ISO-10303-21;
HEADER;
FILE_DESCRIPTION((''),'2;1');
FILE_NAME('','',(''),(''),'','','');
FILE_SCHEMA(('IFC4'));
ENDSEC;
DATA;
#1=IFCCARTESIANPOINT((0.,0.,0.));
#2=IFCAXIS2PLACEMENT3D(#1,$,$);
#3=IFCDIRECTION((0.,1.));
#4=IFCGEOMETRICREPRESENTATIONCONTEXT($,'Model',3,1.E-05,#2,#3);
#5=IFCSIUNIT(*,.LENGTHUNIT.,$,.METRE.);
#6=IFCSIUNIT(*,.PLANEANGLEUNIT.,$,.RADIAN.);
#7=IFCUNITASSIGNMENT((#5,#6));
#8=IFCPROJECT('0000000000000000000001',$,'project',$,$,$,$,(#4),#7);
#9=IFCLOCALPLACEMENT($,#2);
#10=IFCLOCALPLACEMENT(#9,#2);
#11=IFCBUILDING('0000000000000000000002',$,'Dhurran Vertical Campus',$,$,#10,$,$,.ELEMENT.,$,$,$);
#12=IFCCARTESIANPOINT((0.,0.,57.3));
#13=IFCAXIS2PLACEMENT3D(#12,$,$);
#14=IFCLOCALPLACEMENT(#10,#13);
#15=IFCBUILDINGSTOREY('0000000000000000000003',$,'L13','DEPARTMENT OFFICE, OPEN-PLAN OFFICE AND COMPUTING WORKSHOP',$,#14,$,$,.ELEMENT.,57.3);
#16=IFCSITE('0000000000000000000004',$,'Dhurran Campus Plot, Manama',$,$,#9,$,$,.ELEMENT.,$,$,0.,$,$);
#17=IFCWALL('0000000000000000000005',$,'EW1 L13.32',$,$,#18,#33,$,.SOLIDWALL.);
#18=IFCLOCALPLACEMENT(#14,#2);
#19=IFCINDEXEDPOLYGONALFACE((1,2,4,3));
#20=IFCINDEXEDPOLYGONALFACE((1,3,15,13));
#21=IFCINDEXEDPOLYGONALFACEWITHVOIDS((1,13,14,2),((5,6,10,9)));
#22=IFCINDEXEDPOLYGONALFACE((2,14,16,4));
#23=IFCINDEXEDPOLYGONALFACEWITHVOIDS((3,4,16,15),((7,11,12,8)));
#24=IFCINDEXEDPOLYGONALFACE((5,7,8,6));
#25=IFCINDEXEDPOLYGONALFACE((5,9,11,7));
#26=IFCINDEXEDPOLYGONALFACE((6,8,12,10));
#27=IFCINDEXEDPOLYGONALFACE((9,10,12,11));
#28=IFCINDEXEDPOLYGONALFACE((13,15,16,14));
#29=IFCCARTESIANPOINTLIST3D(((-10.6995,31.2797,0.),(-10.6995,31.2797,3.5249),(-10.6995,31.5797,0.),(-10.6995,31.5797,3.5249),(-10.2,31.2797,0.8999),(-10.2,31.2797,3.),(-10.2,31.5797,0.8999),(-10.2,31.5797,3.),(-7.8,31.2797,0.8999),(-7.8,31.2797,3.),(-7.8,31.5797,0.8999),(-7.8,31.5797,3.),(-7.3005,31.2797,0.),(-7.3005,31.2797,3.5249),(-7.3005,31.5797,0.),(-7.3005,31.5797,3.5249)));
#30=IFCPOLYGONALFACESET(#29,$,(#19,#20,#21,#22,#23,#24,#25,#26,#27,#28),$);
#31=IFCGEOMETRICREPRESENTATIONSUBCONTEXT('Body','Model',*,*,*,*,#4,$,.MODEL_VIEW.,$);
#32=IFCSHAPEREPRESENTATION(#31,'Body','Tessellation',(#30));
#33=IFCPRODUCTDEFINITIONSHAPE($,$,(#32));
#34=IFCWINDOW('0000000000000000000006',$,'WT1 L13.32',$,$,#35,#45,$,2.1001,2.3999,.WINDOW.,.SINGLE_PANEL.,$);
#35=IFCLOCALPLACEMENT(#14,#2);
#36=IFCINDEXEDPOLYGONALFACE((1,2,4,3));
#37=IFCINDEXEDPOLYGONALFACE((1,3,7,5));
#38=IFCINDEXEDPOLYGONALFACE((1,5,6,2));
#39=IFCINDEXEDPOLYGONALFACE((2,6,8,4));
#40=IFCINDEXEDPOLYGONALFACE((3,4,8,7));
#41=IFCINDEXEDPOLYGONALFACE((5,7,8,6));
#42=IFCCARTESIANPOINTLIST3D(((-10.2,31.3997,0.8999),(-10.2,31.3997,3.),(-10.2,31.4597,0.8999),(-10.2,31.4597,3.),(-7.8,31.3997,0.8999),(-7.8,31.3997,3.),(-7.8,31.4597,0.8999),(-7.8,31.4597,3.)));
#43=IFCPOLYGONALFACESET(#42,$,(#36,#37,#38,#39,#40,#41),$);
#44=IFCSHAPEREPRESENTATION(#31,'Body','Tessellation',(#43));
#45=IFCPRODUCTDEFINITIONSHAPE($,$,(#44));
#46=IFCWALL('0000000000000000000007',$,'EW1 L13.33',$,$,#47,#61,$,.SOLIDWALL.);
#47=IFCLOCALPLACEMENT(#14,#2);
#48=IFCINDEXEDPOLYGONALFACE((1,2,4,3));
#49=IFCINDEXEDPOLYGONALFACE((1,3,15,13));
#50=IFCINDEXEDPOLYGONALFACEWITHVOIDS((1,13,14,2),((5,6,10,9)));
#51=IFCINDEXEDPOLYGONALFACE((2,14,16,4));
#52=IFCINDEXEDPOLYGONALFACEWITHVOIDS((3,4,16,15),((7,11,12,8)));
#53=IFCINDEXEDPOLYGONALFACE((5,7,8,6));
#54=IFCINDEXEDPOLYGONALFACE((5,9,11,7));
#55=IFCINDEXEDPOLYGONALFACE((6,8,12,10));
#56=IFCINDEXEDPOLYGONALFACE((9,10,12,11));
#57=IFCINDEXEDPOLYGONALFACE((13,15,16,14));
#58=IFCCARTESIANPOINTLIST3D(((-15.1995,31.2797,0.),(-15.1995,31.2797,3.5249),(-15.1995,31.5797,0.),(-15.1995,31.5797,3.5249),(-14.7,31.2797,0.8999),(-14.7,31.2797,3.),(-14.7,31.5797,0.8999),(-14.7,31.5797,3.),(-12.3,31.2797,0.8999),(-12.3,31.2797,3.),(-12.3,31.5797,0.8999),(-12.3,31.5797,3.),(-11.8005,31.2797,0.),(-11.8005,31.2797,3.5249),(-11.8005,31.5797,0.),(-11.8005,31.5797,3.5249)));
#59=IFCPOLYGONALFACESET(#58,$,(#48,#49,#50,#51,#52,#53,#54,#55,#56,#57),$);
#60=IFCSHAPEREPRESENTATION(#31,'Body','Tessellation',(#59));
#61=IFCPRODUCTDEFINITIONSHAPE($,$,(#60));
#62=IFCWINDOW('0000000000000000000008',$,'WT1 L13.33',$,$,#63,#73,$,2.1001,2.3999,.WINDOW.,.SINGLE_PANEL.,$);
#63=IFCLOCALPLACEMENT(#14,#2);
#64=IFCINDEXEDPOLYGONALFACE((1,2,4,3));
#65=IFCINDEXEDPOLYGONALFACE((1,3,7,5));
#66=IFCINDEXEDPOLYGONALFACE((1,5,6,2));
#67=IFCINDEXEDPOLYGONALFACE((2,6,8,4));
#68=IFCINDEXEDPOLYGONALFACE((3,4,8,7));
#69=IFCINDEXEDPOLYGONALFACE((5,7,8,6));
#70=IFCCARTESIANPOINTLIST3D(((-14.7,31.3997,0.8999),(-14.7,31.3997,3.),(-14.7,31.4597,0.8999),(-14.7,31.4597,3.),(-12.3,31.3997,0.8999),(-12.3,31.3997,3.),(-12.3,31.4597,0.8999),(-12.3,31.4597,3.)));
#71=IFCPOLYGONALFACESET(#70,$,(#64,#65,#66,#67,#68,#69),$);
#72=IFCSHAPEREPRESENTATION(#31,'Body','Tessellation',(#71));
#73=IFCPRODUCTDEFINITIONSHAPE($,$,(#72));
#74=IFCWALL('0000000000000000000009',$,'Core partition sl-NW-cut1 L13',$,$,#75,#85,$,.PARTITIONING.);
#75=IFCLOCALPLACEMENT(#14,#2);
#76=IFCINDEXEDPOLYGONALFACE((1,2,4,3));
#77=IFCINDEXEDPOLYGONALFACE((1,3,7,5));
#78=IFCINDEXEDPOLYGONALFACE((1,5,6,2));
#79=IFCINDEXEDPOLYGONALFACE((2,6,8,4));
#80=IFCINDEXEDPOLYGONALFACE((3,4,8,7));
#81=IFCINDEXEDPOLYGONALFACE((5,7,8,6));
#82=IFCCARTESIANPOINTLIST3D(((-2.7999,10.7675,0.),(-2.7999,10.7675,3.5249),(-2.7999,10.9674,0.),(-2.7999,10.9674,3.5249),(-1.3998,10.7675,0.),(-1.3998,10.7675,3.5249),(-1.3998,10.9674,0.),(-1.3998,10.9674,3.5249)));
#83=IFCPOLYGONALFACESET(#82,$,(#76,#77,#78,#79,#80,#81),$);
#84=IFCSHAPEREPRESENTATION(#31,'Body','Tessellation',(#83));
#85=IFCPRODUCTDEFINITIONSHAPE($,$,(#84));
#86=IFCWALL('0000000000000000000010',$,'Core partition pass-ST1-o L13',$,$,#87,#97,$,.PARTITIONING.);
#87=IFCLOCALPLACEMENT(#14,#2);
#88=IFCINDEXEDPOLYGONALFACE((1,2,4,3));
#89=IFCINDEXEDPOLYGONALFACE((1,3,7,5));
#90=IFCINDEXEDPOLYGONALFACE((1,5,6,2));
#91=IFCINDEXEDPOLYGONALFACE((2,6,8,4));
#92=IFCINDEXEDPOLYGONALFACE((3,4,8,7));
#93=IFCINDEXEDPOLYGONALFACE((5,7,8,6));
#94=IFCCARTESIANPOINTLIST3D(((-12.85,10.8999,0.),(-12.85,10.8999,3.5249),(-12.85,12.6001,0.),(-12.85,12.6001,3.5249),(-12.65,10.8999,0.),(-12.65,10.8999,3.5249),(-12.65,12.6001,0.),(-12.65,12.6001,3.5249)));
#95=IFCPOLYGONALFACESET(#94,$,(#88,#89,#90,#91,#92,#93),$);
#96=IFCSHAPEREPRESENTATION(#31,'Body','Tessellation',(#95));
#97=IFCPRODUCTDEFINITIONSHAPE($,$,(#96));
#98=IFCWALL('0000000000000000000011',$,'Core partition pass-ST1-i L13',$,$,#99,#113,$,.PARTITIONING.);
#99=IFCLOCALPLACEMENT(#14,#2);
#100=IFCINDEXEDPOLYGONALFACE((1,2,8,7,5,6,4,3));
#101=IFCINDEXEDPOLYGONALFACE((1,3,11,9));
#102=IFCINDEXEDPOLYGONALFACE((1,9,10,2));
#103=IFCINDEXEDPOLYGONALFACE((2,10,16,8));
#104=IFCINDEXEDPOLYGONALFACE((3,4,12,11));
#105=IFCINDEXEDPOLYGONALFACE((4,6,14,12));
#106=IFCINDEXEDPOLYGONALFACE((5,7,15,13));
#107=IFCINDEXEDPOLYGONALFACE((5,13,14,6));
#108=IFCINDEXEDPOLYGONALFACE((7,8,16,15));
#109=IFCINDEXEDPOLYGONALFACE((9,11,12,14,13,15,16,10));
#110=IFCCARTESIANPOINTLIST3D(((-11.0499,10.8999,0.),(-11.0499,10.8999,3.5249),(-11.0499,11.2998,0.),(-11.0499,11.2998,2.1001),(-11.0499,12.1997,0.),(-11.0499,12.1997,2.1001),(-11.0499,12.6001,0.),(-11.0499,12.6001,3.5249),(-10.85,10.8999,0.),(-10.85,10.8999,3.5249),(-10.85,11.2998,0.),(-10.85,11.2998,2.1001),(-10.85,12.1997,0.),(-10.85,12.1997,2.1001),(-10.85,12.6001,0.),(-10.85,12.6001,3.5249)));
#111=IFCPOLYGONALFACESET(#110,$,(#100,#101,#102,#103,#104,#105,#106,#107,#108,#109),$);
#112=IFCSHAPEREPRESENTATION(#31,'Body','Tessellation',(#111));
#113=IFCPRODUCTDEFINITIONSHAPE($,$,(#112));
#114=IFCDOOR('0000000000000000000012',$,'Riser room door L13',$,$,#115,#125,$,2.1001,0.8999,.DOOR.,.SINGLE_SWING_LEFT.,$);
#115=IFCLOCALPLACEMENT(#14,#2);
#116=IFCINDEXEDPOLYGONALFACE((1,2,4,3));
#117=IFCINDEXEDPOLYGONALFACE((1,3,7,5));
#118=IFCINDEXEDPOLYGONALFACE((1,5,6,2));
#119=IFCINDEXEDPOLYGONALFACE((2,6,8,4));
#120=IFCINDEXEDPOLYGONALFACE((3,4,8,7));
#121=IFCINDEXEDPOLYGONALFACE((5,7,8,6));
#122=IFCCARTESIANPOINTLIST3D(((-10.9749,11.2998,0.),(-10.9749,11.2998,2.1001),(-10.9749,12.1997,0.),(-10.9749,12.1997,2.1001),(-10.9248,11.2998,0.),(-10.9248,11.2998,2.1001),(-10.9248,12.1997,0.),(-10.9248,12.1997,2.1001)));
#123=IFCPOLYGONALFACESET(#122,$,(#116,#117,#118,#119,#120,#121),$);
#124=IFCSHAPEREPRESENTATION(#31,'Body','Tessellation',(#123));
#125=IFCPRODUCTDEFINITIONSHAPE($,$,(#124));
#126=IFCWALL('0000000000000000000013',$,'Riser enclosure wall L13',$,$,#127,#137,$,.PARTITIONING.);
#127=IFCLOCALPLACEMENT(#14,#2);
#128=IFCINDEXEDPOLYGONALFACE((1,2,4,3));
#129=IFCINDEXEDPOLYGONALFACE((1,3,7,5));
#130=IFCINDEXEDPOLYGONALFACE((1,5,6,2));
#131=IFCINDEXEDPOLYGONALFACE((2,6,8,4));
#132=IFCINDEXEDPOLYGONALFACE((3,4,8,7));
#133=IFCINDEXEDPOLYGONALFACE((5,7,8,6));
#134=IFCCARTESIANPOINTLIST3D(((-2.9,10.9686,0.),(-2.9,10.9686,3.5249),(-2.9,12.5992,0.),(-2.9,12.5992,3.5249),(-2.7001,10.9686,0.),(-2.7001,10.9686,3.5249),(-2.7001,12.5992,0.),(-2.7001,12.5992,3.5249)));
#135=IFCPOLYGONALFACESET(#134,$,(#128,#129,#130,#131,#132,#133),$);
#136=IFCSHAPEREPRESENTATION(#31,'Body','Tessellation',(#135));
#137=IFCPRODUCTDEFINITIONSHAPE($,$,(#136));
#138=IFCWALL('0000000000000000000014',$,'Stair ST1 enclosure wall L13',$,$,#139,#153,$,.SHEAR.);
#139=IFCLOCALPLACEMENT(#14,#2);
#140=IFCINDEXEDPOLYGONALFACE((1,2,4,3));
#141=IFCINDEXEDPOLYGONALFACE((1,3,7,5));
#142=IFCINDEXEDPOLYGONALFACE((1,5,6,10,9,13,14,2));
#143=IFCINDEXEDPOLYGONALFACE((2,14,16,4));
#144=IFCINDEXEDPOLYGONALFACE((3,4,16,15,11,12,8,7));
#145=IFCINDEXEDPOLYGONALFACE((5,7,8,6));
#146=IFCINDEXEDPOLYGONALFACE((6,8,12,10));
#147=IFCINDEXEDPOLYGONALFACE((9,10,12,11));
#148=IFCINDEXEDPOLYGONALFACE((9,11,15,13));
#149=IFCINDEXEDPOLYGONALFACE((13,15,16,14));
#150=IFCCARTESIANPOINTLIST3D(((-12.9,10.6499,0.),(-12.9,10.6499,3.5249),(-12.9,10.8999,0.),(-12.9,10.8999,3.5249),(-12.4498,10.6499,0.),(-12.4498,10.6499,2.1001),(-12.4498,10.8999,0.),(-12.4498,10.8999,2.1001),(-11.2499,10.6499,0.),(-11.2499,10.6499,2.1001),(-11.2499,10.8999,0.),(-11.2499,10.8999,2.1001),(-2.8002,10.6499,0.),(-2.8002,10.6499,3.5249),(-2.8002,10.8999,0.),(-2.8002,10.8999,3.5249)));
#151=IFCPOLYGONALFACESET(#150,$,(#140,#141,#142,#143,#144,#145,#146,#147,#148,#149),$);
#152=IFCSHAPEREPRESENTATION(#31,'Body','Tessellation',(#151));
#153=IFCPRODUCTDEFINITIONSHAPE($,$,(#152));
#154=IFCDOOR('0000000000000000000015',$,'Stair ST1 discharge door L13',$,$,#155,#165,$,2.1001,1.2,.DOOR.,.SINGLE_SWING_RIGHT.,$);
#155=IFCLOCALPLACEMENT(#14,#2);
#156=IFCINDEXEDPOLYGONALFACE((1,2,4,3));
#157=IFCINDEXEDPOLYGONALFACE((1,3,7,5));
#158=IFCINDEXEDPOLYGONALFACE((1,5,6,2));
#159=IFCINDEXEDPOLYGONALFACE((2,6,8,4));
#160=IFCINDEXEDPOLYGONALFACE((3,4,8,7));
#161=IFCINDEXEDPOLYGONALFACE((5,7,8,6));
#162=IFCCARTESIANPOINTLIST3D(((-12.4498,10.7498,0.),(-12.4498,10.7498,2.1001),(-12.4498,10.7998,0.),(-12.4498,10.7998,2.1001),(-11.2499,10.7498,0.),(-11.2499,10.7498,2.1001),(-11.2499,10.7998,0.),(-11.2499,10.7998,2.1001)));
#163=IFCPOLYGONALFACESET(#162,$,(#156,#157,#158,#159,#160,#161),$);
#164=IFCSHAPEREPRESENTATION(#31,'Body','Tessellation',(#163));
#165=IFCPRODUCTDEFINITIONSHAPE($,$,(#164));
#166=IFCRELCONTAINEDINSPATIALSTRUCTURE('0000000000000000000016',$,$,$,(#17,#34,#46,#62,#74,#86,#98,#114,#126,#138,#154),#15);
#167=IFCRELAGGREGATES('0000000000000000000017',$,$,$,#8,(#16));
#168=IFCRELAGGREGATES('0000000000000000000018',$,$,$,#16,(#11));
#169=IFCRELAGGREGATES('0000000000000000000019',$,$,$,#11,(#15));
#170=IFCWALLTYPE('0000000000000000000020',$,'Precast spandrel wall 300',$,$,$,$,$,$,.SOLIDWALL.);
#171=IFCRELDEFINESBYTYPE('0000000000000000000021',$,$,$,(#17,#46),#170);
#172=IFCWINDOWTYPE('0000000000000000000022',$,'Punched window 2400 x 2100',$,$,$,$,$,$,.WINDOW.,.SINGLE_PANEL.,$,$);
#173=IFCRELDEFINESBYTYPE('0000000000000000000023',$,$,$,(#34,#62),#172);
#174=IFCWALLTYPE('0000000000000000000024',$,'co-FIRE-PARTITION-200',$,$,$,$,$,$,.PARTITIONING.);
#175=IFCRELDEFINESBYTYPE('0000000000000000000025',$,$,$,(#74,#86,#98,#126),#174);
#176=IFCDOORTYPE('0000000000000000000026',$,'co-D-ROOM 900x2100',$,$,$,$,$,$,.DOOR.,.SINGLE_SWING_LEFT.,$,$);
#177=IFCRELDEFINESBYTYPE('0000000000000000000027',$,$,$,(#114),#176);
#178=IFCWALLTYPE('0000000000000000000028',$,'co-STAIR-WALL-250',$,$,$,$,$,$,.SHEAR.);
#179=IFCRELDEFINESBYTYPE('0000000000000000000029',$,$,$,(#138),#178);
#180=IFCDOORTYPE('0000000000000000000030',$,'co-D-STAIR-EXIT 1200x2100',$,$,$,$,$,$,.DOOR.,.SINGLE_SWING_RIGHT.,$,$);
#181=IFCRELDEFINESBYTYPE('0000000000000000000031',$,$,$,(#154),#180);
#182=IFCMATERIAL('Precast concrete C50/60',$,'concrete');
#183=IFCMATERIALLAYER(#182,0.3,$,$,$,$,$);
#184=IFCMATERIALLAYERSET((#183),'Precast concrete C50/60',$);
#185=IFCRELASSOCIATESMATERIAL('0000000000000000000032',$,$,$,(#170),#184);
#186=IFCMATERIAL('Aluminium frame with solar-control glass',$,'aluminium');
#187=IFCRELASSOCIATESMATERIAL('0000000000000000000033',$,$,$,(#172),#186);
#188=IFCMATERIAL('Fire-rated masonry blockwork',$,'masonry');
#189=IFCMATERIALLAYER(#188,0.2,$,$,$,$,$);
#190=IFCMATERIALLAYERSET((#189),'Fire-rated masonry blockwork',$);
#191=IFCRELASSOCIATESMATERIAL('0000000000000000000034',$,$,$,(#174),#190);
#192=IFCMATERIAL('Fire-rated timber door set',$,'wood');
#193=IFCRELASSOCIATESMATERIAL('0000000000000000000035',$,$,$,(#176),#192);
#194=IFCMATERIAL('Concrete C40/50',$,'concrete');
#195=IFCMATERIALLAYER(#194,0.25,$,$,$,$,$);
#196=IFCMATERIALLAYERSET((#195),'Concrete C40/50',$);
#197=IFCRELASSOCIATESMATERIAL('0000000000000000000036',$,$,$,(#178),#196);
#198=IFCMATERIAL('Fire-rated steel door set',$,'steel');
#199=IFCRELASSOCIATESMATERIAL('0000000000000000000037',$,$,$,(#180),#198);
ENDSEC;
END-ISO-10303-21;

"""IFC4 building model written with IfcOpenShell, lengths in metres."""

from ifc_helpers import new_model, si_unit, direction, frame, frame_2d, origin, place, context, subcontext, project, spatial, rectangle, extrude, material, layer, layer_set, type_object, element, fill, save


model = new_model("IFC4")

# Units and contexts
model_context = context("Model", 3, precision=1e-05, world=origin(), true_north=direction((0.0, 1.0)))
body_context = subcontext(model_context, "Body", "Model", "MODEL_VIEW")
ifc_project = project(units=[si_unit("LENGTHUNIT", "METRE"), si_unit("PLANEANGLEUNIT", "RADIAN")], contexts=[model_context])

# Site, building, storey
site_placement = place(None, origin())
site = spatial("IfcSite", under=ifc_project, at=site_placement, Name="Dhurran Campus Plot, Manama", CompositionType="ELEMENT", RefElevation=0.0)
building_placement = place(site_placement, origin())
building = spatial("IfcBuilding", under=site, at=building_placement, Name="Dhurran Vertical Campus", CompositionType="ELEMENT")
storey_placement = place(building_placement, frame((0.0, 0.0, 57.3)))
storey = spatial("IfcBuildingStorey", under=building, at=storey_placement, Name="L13", Description="DEPARTMENT OFFICE, OPEN-PLAN OFFICE AND COMPUTING WORKSHOP", CompositionType="ELEMENT", Elevation=57.3)

# Walls, openings, windows
ifc_material_1 = material(Name="Precast concrete C50/60", Category="concrete")
ifc_layer_1 = layer(ifc_material_1, 0.3)
ifc_layer_set_1 = layer_set([ifc_layer_1], Name="Precast concrete C50/60")
wall_type_1 = type_object("IfcWallType", Name="Precast spandrel wall 300", PredefinedType="SOLIDWALL", material=ifc_layer_set_1)
ifc_material_2 = material(Name="Aluminium frame with solar-control glass", Category="aluminium")
window_type = type_object("IfcWindowType", Name="Punched window 2400 x 2100", PartitioningType="SINGLE_PANEL", PredefinedType="WINDOW", material=ifc_material_2)
wall_1_placement = place(storey_placement, frame((-7.3005, 31.4297, 0.0), z_axis=(0.0, 0.0, 1.0), x_axis=(-1.0, 0.0, 0.0)))
wall_1 = element("IfcWall", 1, at=wall_1_placement, inside=storey, type_object=wall_type_1, Name="EW1 L13.32", PredefinedType="SOLIDWALL", context=body_context, shape_type="SweptSolid", body=[
    extrude(rectangle(XDim=3.3989, YDim=0.3, at=frame_2d((1.6995, 0.0))), origin(), (0.0, 0.0, 1.0), 3.5249),
])
opening_1_placement = place(wall_1_placement, frame((0.4995, 0.0, 0.8999)))
opening_1 = element("IfcOpeningElement", 2, at=opening_1_placement, cuts=wall_1, PredefinedType="OPENING", context=body_context, shape_type="SweptSolid", body=[
    extrude(rectangle(XDim=2.3999, YDim=2.1001, at=frame_2d((1.2, 1.05))), frame((0.0, 0.1599, 0.0), z_axis=(0.0, -1.0, 0.0), x_axis=(1.0, 0.0, 0.0)), (0.0, 0.0, 1.0), 0.3201),
])
window_1_placement = place(opening_1_placement, origin())
window_1 = element("IfcWindow", 3, at=window_1_placement, inside=storey, type_object=window_type, Name="WT1 L13.32", OverallHeight=2.1001, OverallWidth=2.3999, PartitioningType="SINGLE_PANEL", PredefinedType="WINDOW", context=body_context, shape_type="SweptSolid", body=[
    extrude(rectangle(XDim=2.3999, YDim=2.1001, at=frame_2d((1.2, 1.05))), frame((0.0, 0.03, 0.0), z_axis=(0.0, -1.0, 0.0), x_axis=(1.0, 0.0, 0.0)), (0.0, 0.0, 1.0), 0.0601),
])
fill(opening_1, window_1)
wall_2_placement = place(storey_placement, frame((-11.8005, 31.4297, 0.0), z_axis=(0.0, 0.0, 1.0), x_axis=(-1.0, 0.0, 0.0)))
wall_2 = element("IfcWall", 4, at=wall_2_placement, inside=storey, type_object=wall_type_1, Name="EW1 L13.33", PredefinedType="SOLIDWALL", context=body_context, shape_type="SweptSolid", body=[
    extrude(rectangle(XDim=3.3989, YDim=0.3, at=frame_2d((1.6995, 0.0))), origin(), (0.0, 0.0, 1.0), 3.5249),
])
opening_2_placement = place(wall_2_placement, frame((0.4995, 0.0, 0.8999)))
opening_2 = element("IfcOpeningElement", 5, at=opening_2_placement, cuts=wall_2, PredefinedType="OPENING", context=body_context, shape_type="SweptSolid", body=[
    extrude(rectangle(XDim=2.3999, YDim=2.1001, at=frame_2d((1.2, 1.05))), frame((0.0, 0.1599, 0.0), z_axis=(0.0, -1.0, 0.0), x_axis=(1.0, 0.0, 0.0)), (0.0, 0.0, 1.0), 0.3201),
])
window_2_placement = place(opening_2_placement, origin())
window_2 = element("IfcWindow", 6, at=window_2_placement, inside=storey, type_object=window_type, Name="WT1 L13.33", OverallHeight=2.1001, OverallWidth=2.3999, PartitioningType="SINGLE_PANEL", PredefinedType="WINDOW", context=body_context, shape_type="SweptSolid", body=[
    extrude(rectangle(XDim=2.3999, YDim=2.1001, at=frame_2d((1.2, 1.05))), frame((0.0, 0.03, 0.0), z_axis=(0.0, -1.0, 0.0), x_axis=(1.0, 0.0, 0.0)), (0.0, 0.0, 1.0), 0.0601),
])
fill(opening_2, window_2)

# Walls
ifc_material_3 = material(Name="Fire-rated masonry blockwork", Category="masonry")
ifc_layer_2 = layer(ifc_material_3, 0.2)
ifc_layer_set_2 = layer_set([ifc_layer_2], Name="Fire-rated masonry blockwork")
wall_type_2 = type_object("IfcWallType", Name="co-FIRE-PARTITION-200", PredefinedType="PARTITIONING", material=ifc_layer_set_2)
wall_3_placement = place(storey_placement, frame((-2.8, 10.8674, 0.0), z_axis=(0.0, 0.0, 1.0), x_axis=(1.0, 0.0, 0.0)))
element("IfcWall", 7, at=wall_3_placement, inside=storey, type_object=wall_type_2, Name="Core partition sl-NW-cut1 L13", PredefinedType="PARTITIONING", context=body_context, shape_type="SweptSolid", body=[
    extrude(rectangle(XDim=1.4001, YDim=0.2, at=frame_2d((0.7002, 0.0))), origin(), (0.0, 0.0, 1.0), 3.5249),
])
wall_4_placement = place(storey_placement, frame((-12.75, 10.8999, 0.0), z_axis=(0.0, 0.0, 1.0), x_axis=(0.0, 1.0, 0.0)))
element("IfcWall", 8, at=wall_4_placement, inside=storey, type_object=wall_type_2, Name="Core partition pass-ST1-o L13", PredefinedType="PARTITIONING", context=body_context, shape_type="SweptSolid", body=[
    extrude(rectangle(XDim=1.7002, YDim=0.2, at=frame_2d((0.8501, 0.0))), origin(), (0.0, 0.0, 1.0), 3.5249),
])

# Wall, opening, door
wall_5_placement = place(storey_placement, frame((-10.95, 10.8999, 0.0), z_axis=(0.0, 0.0, 1.0), x_axis=(0.0, 1.0, 0.0)))
wall_5 = element("IfcWall", 9, at=wall_5_placement, inside=storey, type_object=wall_type_2, Name="Core partition pass-ST1-i L13", PredefinedType="PARTITIONING", context=body_context, shape_type="SweptSolid", body=[
    extrude(rectangle(XDim=1.7002, YDim=0.2, at=frame_2d((0.8501, 0.0))), origin(), (0.0, 0.0, 1.0), 3.5249),
])
opening_3_placement = place(wall_5_placement, frame((0.3999, 0.0, 0.0)))
opening_3 = element("IfcOpeningElement", 10, at=opening_3_placement, cuts=wall_5, PredefinedType="OPENING", context=body_context, shape_type="SweptSolid", body=[
    extrude(rectangle(XDim=0.8999, YDim=2.1001, at=frame_2d((0.45, 1.05))), frame((0.0, 0.1099, 0.0), z_axis=(0.0, -1.0, 0.0), x_axis=(1.0, 0.0, 0.0)), (0.0, 0.0, 1.0), 0.22),
])
ifc_material_4 = material(Name="Fire-rated timber door set", Category="wood")
door_type_1 = type_object("IfcDoorType", Name="co-D-ROOM 900x2100", OperationType="SINGLE_SWING_LEFT", PredefinedType="DOOR", material=ifc_material_4)
door_1_placement = place(opening_3_placement, origin())
door_1 = element("IfcDoor", 11, at=door_1_placement, inside=storey, type_object=door_type_1, Name="Riser room door L13", OperationType="SINGLE_SWING_LEFT", OverallHeight=2.1001, OverallWidth=0.8999, PredefinedType="DOOR", context=body_context, shape_type="SweptSolid", body=[
    extrude(rectangle(XDim=0.8999, YDim=2.1001, at=frame_2d((0.45, 1.05))), frame((0.0, 0.0249, 0.0), z_axis=(0.0, -1.0, 0.0), x_axis=(1.0, 0.0, 0.0)), (0.0, 0.0, 1.0), 0.05),
])
fill(opening_3, door_1)

# Wall
wall_6_placement = place(storey_placement, frame((-2.8, 10.9685, 0.0), z_axis=(0.0, 0.0, 1.0), x_axis=(0.0, 1.0, 0.0)))
element("IfcWall", 12, at=wall_6_placement, inside=storey, type_object=wall_type_2, Name="Riser enclosure wall L13", PredefinedType="PARTITIONING", context=body_context, shape_type="SweptSolid", body=[
    extrude(rectangle(XDim=1.6306, YDim=0.2, at=frame_2d((0.8154, 0.0))), origin(), (0.0, 0.0, 1.0), 3.5249),
])

# Wall, opening, door
ifc_material_5 = material(Name="Concrete C40/50", Category="concrete")
ifc_layer_3 = layer(ifc_material_5, 0.25)
ifc_layer_set_3 = layer_set([ifc_layer_3], Name="Concrete C40/50")
wall_type_3 = type_object("IfcWallType", Name="co-STAIR-WALL-250", PredefinedType="SHEAR", material=ifc_layer_set_3)
wall_7_placement = place(storey_placement, frame((-12.8999, 10.7749, 0.0), z_axis=(0.0, 0.0, 1.0), x_axis=(1.0, 0.0, 0.0)))
wall_7 = element("IfcWall", 13, at=wall_7_placement, inside=storey, type_object=wall_type_3, Name="Stair ST1 enclosure wall L13", PredefinedType="SHEAR", context=body_context, shape_type="SweptSolid", body=[
    extrude(rectangle(XDim=10.0999, YDim=0.25, at=frame_2d((5.0498, 0.0))), origin(), (0.0, 0.0, 1.0), 3.5249),
])
opening_4_placement = place(wall_7_placement, frame((0.45, 0.0, 0.0)))
opening_4 = element("IfcOpeningElement", 14, at=opening_4_placement, cuts=wall_7, PredefinedType="OPENING", context=body_context, shape_type="SweptSolid", body=[
    extrude(rectangle(XDim=1.2, YDim=2.1001, at=frame_2d((0.6001, 1.05))), frame((0.0, 0.135, 0.0), z_axis=(0.0, -1.0, 0.0), x_axis=(1.0, 0.0, 0.0)), (0.0, 0.0, 1.0), 0.27),
])
ifc_material_6 = material(Name="Fire-rated steel door set", Category="steel")
door_type_2 = type_object("IfcDoorType", Name="co-D-STAIR-EXIT 1200x2100", OperationType="SINGLE_SWING_RIGHT", PredefinedType="DOOR", material=ifc_material_6)
door_2_placement = place(opening_4_placement, origin())
door_2 = element("IfcDoor", 15, at=door_2_placement, inside=storey, type_object=door_type_2, Name="Stair ST1 discharge door L13", OperationType="SINGLE_SWING_RIGHT", OverallHeight=2.1001, OverallWidth=1.2, PredefinedType="DOOR", context=body_context, shape_type="SweptSolid", body=[
    extrude(rectangle(XDim=1.2, YDim=2.1001, at=frame_2d((0.6001, 1.05))), frame((0.0, 0.0249, 0.0), z_axis=(0.0, -1.0, 0.0), x_axis=(1.0, 0.0, 0.0)), (0.0, 0.0, 1.0), 0.05),
])
fill(opening_4, door_2)

save(model, "model.ifc")
